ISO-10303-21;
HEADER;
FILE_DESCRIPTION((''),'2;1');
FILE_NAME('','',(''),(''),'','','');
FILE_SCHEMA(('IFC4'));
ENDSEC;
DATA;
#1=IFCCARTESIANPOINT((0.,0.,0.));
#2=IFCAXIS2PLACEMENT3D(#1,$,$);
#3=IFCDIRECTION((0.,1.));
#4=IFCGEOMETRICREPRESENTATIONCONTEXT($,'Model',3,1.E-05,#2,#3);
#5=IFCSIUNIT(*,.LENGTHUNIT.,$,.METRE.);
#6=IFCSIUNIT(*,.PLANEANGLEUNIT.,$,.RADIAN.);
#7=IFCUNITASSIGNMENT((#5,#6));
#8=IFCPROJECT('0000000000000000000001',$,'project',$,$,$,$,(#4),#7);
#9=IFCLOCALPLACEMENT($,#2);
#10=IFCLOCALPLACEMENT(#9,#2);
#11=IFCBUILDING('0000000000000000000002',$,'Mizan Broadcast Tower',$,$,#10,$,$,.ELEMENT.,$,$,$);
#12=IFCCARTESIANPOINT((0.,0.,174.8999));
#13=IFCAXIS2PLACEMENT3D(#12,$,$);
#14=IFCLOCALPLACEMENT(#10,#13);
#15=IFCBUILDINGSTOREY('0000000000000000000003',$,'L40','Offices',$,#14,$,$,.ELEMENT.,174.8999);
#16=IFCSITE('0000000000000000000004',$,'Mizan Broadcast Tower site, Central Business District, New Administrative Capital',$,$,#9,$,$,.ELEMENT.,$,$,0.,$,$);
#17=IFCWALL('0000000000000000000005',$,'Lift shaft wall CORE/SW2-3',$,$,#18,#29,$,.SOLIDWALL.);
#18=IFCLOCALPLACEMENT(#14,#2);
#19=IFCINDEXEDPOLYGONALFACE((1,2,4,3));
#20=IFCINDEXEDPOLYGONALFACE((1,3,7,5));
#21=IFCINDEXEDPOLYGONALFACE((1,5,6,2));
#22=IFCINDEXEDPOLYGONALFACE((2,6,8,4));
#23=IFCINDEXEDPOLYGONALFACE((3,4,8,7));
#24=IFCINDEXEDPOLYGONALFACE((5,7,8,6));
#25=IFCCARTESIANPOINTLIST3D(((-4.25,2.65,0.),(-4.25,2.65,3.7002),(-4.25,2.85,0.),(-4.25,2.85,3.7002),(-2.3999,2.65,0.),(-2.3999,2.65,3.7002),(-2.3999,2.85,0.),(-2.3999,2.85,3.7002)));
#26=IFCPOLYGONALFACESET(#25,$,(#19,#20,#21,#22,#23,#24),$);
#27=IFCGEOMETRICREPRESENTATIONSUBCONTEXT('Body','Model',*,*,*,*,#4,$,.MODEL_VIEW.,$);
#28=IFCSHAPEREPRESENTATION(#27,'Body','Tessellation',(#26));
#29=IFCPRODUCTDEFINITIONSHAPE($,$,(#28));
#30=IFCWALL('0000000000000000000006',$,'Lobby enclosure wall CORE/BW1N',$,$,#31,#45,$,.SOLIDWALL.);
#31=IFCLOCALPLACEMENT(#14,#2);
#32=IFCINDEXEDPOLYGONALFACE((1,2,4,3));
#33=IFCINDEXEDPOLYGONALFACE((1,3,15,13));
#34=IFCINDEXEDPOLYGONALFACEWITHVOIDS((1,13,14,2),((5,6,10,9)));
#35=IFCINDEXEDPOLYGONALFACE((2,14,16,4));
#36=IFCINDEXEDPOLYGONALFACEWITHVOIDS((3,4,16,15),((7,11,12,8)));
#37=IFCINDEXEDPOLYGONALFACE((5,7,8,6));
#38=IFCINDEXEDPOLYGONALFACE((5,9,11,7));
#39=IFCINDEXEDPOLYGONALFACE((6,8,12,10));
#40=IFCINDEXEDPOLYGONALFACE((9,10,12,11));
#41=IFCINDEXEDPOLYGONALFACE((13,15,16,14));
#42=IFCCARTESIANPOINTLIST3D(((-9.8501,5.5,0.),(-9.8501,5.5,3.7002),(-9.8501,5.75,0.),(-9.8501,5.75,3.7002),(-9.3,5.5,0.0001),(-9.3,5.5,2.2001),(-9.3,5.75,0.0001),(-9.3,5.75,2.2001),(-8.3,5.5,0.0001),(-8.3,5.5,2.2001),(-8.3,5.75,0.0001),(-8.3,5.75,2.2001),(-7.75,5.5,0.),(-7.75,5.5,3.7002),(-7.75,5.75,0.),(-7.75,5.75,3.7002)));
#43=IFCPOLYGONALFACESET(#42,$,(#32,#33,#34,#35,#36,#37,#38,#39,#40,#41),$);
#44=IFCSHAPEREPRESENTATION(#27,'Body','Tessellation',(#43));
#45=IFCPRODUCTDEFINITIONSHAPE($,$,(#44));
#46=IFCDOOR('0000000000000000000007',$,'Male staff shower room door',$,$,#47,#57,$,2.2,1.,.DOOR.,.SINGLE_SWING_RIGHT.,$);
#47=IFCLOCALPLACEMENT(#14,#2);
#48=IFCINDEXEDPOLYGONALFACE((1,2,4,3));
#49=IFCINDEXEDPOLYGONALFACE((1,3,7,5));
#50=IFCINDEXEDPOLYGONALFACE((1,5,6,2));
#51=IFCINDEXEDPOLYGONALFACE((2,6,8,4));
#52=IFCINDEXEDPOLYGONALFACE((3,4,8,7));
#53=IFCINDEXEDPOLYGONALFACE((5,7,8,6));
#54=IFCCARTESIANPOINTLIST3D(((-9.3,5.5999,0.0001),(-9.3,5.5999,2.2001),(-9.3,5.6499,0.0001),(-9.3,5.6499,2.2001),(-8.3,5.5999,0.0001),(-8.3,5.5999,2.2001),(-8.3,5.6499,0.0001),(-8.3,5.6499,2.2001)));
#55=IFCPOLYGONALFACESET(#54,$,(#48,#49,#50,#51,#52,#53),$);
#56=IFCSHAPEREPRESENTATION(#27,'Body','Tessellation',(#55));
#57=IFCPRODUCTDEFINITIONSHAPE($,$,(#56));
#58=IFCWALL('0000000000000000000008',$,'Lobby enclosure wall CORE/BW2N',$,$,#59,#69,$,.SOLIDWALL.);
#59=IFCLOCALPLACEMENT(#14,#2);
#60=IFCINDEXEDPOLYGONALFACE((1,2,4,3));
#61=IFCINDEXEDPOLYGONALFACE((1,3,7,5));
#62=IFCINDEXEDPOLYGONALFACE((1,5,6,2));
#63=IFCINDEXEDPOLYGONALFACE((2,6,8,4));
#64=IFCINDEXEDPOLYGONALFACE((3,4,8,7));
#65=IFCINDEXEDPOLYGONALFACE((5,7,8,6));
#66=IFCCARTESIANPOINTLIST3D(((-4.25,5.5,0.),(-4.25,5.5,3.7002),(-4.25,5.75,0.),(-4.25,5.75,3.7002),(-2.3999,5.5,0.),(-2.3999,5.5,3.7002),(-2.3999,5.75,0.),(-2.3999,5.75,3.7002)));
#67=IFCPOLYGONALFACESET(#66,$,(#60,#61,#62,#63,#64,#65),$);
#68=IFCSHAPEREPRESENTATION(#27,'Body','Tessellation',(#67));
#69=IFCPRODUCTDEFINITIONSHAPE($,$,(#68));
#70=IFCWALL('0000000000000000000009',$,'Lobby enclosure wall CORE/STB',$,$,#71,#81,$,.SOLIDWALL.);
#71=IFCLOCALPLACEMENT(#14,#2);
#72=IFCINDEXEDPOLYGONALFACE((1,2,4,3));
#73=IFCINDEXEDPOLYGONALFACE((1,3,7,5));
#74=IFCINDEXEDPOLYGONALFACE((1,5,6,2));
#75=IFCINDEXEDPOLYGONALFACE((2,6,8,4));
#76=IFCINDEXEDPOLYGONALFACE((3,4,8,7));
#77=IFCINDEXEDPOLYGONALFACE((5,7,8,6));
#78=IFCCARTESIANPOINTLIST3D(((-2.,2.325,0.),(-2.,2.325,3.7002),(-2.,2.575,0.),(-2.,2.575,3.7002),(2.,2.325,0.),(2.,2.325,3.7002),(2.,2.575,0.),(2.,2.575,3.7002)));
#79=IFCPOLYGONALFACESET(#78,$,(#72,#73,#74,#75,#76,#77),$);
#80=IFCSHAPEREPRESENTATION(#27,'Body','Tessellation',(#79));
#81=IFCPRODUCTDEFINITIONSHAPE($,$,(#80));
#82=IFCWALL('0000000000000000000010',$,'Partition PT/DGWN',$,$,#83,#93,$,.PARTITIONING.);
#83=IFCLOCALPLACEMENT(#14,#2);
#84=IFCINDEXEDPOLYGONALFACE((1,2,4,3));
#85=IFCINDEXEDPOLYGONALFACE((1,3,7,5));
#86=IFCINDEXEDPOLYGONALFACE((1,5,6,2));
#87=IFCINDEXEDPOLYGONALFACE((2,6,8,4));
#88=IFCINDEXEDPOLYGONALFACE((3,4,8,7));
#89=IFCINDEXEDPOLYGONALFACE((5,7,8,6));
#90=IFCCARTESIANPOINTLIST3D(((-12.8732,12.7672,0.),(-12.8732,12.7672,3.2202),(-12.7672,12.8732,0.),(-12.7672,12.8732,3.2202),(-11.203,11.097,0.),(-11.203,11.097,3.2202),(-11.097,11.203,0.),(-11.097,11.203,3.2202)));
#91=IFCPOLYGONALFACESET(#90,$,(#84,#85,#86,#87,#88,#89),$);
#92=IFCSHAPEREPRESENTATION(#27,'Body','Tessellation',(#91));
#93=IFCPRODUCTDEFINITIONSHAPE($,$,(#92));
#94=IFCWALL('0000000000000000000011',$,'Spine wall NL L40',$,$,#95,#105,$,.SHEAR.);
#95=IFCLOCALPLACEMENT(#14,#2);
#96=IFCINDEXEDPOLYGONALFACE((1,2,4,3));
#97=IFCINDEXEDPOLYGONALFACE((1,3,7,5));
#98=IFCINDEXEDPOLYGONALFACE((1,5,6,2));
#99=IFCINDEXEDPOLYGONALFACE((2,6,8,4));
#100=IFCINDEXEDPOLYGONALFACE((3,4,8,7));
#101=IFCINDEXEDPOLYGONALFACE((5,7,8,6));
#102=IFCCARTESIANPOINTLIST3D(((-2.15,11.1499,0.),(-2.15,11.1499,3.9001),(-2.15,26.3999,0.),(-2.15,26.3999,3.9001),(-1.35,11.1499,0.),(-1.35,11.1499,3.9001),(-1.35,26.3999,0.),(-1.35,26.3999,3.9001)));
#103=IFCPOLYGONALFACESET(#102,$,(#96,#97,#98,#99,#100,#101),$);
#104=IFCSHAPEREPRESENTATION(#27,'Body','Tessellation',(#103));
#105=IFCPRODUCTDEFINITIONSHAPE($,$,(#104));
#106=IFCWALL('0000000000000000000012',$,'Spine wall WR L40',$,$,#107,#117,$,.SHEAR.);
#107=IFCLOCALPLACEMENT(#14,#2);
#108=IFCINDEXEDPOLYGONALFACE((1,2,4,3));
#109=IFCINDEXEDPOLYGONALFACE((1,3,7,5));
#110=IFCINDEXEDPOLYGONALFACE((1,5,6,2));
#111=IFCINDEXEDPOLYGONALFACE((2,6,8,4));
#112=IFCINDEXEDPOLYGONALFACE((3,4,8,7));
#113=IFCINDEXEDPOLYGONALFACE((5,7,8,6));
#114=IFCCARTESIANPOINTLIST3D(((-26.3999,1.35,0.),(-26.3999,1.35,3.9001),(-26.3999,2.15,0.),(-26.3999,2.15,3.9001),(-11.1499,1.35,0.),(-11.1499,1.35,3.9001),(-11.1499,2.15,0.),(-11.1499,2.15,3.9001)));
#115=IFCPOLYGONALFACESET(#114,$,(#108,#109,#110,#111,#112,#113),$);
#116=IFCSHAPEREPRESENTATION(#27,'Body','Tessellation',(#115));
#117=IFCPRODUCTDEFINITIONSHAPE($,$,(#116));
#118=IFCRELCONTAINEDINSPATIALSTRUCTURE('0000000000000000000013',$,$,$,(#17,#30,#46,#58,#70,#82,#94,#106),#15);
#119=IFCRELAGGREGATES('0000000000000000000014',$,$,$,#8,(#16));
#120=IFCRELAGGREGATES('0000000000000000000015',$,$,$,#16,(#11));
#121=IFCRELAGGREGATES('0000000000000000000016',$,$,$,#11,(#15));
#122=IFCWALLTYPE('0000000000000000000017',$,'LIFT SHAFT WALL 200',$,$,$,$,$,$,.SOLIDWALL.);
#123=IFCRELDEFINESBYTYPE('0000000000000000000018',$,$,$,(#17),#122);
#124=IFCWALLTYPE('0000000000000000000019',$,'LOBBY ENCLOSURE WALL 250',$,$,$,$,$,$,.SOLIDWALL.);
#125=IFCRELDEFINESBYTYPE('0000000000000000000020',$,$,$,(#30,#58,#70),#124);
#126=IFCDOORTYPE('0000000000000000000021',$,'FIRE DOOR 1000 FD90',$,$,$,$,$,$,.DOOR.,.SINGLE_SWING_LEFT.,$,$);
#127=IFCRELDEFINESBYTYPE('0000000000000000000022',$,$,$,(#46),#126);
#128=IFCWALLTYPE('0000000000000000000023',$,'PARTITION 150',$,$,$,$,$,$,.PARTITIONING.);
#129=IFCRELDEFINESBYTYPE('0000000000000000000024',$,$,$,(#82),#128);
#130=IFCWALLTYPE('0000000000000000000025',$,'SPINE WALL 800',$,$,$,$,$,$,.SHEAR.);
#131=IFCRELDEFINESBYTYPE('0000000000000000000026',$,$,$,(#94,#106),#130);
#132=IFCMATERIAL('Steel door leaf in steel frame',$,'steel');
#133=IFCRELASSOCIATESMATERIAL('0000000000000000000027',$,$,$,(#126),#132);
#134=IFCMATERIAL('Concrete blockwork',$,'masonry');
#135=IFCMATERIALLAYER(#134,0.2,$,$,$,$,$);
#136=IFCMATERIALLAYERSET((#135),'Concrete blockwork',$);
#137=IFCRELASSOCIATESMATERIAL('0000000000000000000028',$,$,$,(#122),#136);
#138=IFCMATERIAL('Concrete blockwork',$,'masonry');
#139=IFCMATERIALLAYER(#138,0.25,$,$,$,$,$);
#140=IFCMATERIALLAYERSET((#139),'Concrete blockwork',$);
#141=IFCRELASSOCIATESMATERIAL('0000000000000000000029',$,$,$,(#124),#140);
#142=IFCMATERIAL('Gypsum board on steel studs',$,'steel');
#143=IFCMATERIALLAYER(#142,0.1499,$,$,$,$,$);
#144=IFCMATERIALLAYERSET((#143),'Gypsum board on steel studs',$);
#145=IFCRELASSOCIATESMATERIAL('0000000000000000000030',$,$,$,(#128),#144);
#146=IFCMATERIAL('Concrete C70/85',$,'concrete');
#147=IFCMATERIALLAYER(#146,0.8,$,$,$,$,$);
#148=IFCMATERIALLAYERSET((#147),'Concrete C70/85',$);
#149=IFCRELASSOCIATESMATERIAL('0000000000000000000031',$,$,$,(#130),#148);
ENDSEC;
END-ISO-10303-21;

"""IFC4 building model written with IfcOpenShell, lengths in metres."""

from ifc_helpers import new_model, si_unit, direction, frame, frame_2d, origin, place, context, subcontext, project, spatial, rectangle, extrude, material, layer, layer_set, type_object, element, fill, save


model = new_model("IFC4")

# Units and contexts
model_context = context("Model", 3, precision=1e-05, world=origin(), true_north=direction((0.0, 1.0)))
body_context = subcontext(model_context, "Body", "Model", "MODEL_VIEW")
ifc_project = project(units=[si_unit("LENGTHUNIT", "METRE"), si_unit("PLANEANGLEUNIT", "RADIAN")], contexts=[model_context])

# Site, building, storey
site_placement = place(None, origin())
site = spatial("IfcSite", under=ifc_project, at=site_placement, Name="Mizan Broadcast Tower site, Central Business District, New Administrative Capital", CompositionType="ELEMENT", RefElevation=0.0)
building_placement = place(site_placement, origin())
building = spatial("IfcBuilding", under=site, at=building_placement, Name="Mizan Broadcast Tower", CompositionType="ELEMENT")
storey_placement = place(building_placement, frame((0.0, 0.0, 174.8999)))
storey = spatial("IfcBuildingStorey", under=building, at=storey_placement, Name="L40", Description="Offices", CompositionType="ELEMENT", Elevation=174.8999)

# Shared definitions
ifc_material_1 = material(Name="Steel door leaf in steel frame", Category="steel")
door_type_1 = type_object("IfcDoorType", Name="FIRE DOOR 1000 FD90", OperationType="SINGLE_SWING_LEFT", PredefinedType="DOOR", material=ifc_material_1)

# Wall
ifc_material_2 = material(Name="Concrete blockwork", Category="masonry")
ifc_layer_1 = layer(ifc_material_2, 0.2)
ifc_layer_set_1 = layer_set([ifc_layer_1], Name="Concrete blockwork")
wall_type_1 = type_object("IfcWallType", Name="LIFT SHAFT WALL 200", PredefinedType="SOLIDWALL", material=ifc_layer_set_1)
for number, where, z_axis, x_axis, name in (
    (1, (-4.25, 2.75, 0.0), (0.0, 0.0, 1.0), (1.0, 0.0, 0.0), "Lift shaft wall CORE/SW2-3"),
):
    element("IfcWall", number, at=place(storey_placement, frame(where, z_axis=z_axis, x_axis=x_axis)), inside=storey, type_object=wall_type_1, Name=name, PredefinedType="SOLIDWALL", context=body_context, shape_type="SweptSolid", body=[
        extrude(rectangle(XDim=1.8501, YDim=0.2, at=frame_2d((0.925, 0.0))), origin(), (0.0, 0.0, 1.0), 3.7002),
    ])

# Wall, opening, door
ifc_material_3 = material(Name="Concrete blockwork", Category="masonry")
ifc_layer_2 = layer(ifc_material_3, 0.25)
ifc_layer_set_2 = layer_set([ifc_layer_2], Name="Concrete blockwork")
wall_type_2 = type_object("IfcWallType", Name="LOBBY ENCLOSURE WALL 250", PredefinedType="SOLIDWALL", material=ifc_layer_set_2)
wall_1_placement = place(storey_placement, frame((-9.8501, 5.625, 0.0), z_axis=(0.0, 0.0, 1.0), x_axis=(1.0, 0.0, 0.0)))
wall_1 = element("IfcWall", 2, at=wall_1_placement, inside=storey, type_object=wall_type_2, Name="Lobby enclosure wall CORE/BW1N", PredefinedType="SOLIDWALL", context=body_context, shape_type="SweptSolid", body=[
    extrude(rectangle(XDim=2.1001, YDim=0.25, at=frame_2d((1.05, 0.0))), origin(), (0.0, 0.0, 1.0), 3.7002),
])
opening_1_placement = place(wall_1_placement, frame((0.55, 0.0, 0.0)))
opening_1 = element("IfcOpeningElement", 3, at=opening_1_placement, cuts=wall_1, PredefinedType="OPENING", context=body_context, shape_type="SweptSolid", body=[
    extrude(rectangle(XDim=1.0, YDim=2.2, at=frame_2d((0.5, 1.1001))), frame((0.0, 0.135, 0.0), z_axis=(0.0, -1.0, 0.0), x_axis=(1.0, 0.0, 0.0)), (0.0, 0.0, 1.0), 0.27),
])
door_1_placement = place(opening_1_placement, origin())
door_1 = element("IfcDoor", 4, at=door_1_placement, inside=storey, type_object=door_type_1, Name="Male staff shower room door", OperationType="SINGLE_SWING_RIGHT", OverallHeight=2.2, OverallWidth=1.0, PredefinedType="DOOR", context=body_context, shape_type="SweptSolid", body=[
    extrude(rectangle(XDim=1.0, YDim=2.2, at=frame_2d((0.5, 1.1001))), frame((0.0, 0.0249, 0.0), z_axis=(0.0, -1.0, 0.0), x_axis=(1.0, 0.0, 0.0)), (0.0, 0.0, 1.0), 0.05),
])
fill(opening_1, door_1)

# Walls
wall_2_placement = place(storey_placement, frame((-4.25, 5.625, 0.0), z_axis=(0.0, 0.0, 1.0), x_axis=(1.0, 0.0, 0.0)))
element("IfcWall", 5, at=wall_2_placement, inside=storey, type_object=wall_type_2, Name="Lobby enclosure wall CORE/BW2N", PredefinedType="SOLIDWALL", context=body_context, shape_type="SweptSolid", body=[
    extrude(rectangle(XDim=1.8501, YDim=0.25, at=frame_2d((0.925, 0.0))), origin(), (0.0, 0.0, 1.0), 3.7002),
])
wall_3_placement = place(storey_placement, frame((-2.0, 2.45, 0.0), z_axis=(0.0, 0.0, 1.0), x_axis=(1.0, 0.0, 0.0)))
element("IfcWall", 6, at=wall_3_placement, inside=storey, type_object=wall_type_2, Name="Lobby enclosure wall CORE/STB", PredefinedType="SOLIDWALL", context=body_context, shape_type="SweptSolid", body=[
    extrude(rectangle(XDim=4.0, YDim=0.25, at=frame_2d((2.0, 0.0))), origin(), (0.0, 0.0, 1.0), 3.7002),
])
ifc_material_4 = material(Name="Gypsum board on steel studs", Category="steel")
ifc_layer_3 = layer(ifc_material_4, 0.1499)
ifc_layer_set_3 = layer_set([ifc_layer_3], Name="Gypsum board on steel studs")
wall_type_3 = type_object("IfcWallType", Name="PARTITION 150", PredefinedType="PARTITIONING", material=ifc_layer_set_3)
wall_4_placement = place(storey_placement, frame((-11.1499, 11.1499, 0.0), z_axis=(0.0, 0.0, 1.0), x_axis=(-0.707107, 0.707107, 0.0)))
element("IfcWall", 7, at=wall_4_placement, inside=storey, type_object=wall_type_3, Name="Partition PT/DGWN", PredefinedType="PARTITIONING", context=body_context, shape_type="SweptSolid", body=[
    extrude(rectangle(XDim=2.3621, YDim=0.1499, at=frame_2d((1.1812, 0.0))), origin(), (0.0, 0.0, 1.0), 3.2202),
])
ifc_material_5 = material(Name="Concrete C70/85", Category="concrete")
ifc_layer_4 = layer(ifc_material_5, 0.8)
ifc_layer_set_4 = layer_set([ifc_layer_4], Name="Concrete C70/85")
wall_type_4 = type_object("IfcWallType", Name="SPINE WALL 800", PredefinedType="SHEAR", material=ifc_layer_set_4)
for number, where, z_axis, x_axis, name in (
    (8, (-1.75, 11.1499, 0.0), (0.0, 0.0, 1.0), (0.0, 1.0, 0.0), "Spine wall NL L40"),
    (9, (-11.1499, 1.75, 0.0), (0.0, 0.0, 1.0), (-1.0, 0.0, 0.0), "Spine wall WR L40"),
):
    element("IfcWall", number, at=place(storey_placement, frame(where, z_axis=z_axis, x_axis=x_axis)), inside=storey, type_object=wall_type_4, Name=name, PredefinedType="SHEAR", context=body_context, shape_type="SweptSolid", body=[
        extrude(rectangle(XDim=15.25, YDim=0.8, at=frame_2d((7.625, 0.0))), origin(), (0.0, 0.0, 1.0), 3.9001),
    ])

save(model, "model.ifc")
